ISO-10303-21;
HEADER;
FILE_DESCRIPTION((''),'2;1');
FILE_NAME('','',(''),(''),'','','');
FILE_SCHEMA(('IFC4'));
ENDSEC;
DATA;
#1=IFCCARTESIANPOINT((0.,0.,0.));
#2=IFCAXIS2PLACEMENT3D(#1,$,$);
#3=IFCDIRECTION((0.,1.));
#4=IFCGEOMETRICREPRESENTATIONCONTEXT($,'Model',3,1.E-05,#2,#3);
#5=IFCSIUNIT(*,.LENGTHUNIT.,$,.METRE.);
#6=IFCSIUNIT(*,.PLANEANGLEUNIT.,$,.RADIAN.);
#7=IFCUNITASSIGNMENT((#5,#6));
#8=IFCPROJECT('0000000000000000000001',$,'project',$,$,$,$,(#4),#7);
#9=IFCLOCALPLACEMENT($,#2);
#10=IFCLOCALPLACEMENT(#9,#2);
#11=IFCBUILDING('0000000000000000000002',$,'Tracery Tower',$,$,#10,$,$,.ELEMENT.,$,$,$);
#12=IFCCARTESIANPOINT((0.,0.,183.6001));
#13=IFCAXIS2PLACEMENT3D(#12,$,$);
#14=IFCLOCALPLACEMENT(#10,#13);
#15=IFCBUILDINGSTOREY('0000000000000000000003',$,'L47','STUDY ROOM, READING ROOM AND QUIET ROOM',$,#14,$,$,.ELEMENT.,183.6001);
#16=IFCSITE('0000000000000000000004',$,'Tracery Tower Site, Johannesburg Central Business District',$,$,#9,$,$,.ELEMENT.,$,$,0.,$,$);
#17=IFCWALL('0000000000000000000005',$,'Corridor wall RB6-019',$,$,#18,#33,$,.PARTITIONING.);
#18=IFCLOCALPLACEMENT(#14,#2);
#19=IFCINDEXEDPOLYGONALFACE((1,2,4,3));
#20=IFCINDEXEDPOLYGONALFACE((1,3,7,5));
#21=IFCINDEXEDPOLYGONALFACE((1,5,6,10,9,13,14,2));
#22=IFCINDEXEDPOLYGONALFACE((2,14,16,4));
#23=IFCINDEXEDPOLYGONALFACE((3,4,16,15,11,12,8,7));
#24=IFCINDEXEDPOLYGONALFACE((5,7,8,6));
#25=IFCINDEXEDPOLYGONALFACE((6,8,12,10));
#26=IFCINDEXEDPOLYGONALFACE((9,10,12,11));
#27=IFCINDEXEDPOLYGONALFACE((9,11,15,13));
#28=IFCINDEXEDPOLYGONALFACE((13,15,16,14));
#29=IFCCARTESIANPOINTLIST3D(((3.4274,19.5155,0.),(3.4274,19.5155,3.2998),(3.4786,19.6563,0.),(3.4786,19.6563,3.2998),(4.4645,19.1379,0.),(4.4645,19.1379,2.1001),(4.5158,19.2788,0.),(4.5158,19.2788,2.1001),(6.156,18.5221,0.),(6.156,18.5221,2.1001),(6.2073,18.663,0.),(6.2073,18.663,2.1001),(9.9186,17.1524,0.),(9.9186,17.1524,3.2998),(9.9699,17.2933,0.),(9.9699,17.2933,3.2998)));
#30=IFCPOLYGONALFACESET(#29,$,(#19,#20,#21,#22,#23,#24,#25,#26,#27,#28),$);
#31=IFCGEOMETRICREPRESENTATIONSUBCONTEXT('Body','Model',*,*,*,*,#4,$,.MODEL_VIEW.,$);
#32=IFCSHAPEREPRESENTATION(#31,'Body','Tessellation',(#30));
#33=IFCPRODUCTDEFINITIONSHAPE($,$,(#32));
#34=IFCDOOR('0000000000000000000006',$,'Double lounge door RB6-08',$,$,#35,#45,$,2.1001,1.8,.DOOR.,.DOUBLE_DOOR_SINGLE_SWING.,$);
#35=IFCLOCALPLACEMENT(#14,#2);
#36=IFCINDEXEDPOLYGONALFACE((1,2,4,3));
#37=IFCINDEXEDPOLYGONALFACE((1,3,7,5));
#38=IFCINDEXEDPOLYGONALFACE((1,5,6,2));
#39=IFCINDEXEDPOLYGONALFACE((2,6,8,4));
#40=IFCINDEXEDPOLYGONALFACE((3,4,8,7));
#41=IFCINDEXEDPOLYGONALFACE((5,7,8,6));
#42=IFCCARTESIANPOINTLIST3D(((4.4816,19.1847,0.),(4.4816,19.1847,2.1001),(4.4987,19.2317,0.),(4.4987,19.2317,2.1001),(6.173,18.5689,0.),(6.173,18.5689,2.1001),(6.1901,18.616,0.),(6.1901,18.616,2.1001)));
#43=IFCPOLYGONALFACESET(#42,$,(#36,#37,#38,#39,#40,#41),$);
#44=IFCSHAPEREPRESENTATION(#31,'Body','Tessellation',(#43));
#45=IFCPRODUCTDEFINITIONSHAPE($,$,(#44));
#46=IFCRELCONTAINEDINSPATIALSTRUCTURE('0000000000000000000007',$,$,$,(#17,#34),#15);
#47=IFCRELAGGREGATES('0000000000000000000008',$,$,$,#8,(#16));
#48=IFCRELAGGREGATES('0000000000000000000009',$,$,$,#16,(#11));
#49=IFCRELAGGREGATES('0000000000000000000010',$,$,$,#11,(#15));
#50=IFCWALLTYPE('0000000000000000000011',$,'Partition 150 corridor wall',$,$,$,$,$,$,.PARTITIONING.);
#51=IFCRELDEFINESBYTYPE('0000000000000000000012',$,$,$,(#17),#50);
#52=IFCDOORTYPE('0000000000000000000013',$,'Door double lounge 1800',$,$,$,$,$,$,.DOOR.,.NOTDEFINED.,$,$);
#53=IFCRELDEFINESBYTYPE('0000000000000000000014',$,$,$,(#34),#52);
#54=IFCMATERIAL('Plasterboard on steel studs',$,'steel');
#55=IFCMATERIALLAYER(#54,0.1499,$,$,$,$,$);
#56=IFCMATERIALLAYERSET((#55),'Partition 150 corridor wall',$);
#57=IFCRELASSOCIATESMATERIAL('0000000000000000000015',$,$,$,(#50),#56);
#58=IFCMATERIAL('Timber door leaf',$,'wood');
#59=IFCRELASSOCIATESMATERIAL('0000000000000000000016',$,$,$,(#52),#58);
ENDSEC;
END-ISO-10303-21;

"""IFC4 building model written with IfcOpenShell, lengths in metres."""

from ifc_helpers import new_model, si_unit, direction, frame, frame_2d, origin, place, context, subcontext, project, spatial, rectangle, extrude, material, layer, layer_set, type_object, element, fill, save


model = new_model("IFC4")

# Units and contexts
model_context = context("Model", 3, precision=1e-05, world=origin(), true_north=direction((0.0, 1.0)))
body_context = subcontext(model_context, "Body", "Model", "MODEL_VIEW")
ifc_project = project(units=[si_unit("LENGTHUNIT", "METRE"), si_unit("PLANEANGLEUNIT", "RADIAN")], contexts=[model_context])

# Site, building, storey
site_placement = place(None, origin())
site = spatial("IfcSite", under=ifc_project, at=site_placement, Name="Tracery Tower Site, Johannesburg Central Business District", CompositionType="ELEMENT", RefElevation=0.0)
building_placement = place(site_placement, origin())
building = spatial("IfcBuilding", under=site, at=building_placement, Name="Tracery Tower", CompositionType="ELEMENT")
storey_placement = place(building_placement, frame((0.0, 0.0, 183.6001)))
storey = spatial("IfcBuildingStorey", under=building, at=storey_placement, Name="L47", Description="STUDY ROOM, READING ROOM AND QUIET ROOM", CompositionType="ELEMENT", Elevation=183.6001)

# Shared definitions
ifc_material_1 = material(Name="Plasterboard on steel studs", Category="steel")
ifc_layer_1 = layer(ifc_material_1, 0.1499)
ifc_layer_set_1 = layer_set([ifc_layer_1], Name="Partition 150 corridor wall")
wall_type_1 = type_object("IfcWallType", Name="Partition 150 corridor wall", PredefinedType="PARTITIONING", material=ifc_layer_set_1)

# Wall, opening, door
wall_1_placement = place(storey_placement, frame((3.4529, 19.5859, 0.0), z_axis=(0.0, 0.0, 1.0), x_axis=(0.939673, -0.342075, 0.0)))
wall_1 = element("IfcWall", 1, at=wall_1_placement, inside=storey, type_object=wall_type_1, Name="Corridor wall RB6-019", PredefinedType="PARTITIONING", context=body_context, shape_type="SweptSolid", body=[
    extrude(rectangle(XDim=6.908, YDim=0.1499, at=frame_2d((3.4541, 0.0))), origin(), (0.0, 0.0, 1.0), 3.2998),
])
opening_1_placement = place(wall_1_placement, frame((1.104, 0.0, 0.0)))
opening_1 = element("IfcOpeningElement", 2, at=opening_1_placement, cuts=wall_1, PredefinedType="OPENING", context=body_context, shape_type="SweptSolid", body=[
    extrude(rectangle(XDim=1.8, YDim=2.1001, at=frame_2d((0.8999, 1.05))), frame((0.0, 0.075, 0.0), z_axis=(0.0, -1.0, 0.0), x_axis=(1.0, 0.0, 0.0)), (0.0, 0.0, 1.0), 0.1499),
])
ifc_material_2 = material(Name="Timber door leaf", Category="wood")
door_type = type_object("IfcDoorType", Name="Door double lounge 1800", OperationType="NOTDEFINED", PredefinedType="DOOR", material=ifc_material_2)
door_placement = place(opening_1_placement, origin())
door = element("IfcDoor", 3, at=door_placement, inside=storey, type_object=door_type, Name="Double lounge door RB6-08", OperationType="DOUBLE_DOOR_SINGLE_SWING", OverallHeight=2.1001, OverallWidth=1.8, PredefinedType="DOOR", context=body_context, shape_type="SweptSolid", body=[
    extrude(rectangle(XDim=1.8, YDim=2.1001, at=frame_2d((0.8999, 1.05))), frame((0.0, 0.0249, 0.0), z_axis=(0.0, -1.0, 0.0), x_axis=(1.0, 0.0, 0.0)), (0.0, 0.0, 1.0), 0.05),
])
fill(opening_1, door)

save(model, "model.ifc")
